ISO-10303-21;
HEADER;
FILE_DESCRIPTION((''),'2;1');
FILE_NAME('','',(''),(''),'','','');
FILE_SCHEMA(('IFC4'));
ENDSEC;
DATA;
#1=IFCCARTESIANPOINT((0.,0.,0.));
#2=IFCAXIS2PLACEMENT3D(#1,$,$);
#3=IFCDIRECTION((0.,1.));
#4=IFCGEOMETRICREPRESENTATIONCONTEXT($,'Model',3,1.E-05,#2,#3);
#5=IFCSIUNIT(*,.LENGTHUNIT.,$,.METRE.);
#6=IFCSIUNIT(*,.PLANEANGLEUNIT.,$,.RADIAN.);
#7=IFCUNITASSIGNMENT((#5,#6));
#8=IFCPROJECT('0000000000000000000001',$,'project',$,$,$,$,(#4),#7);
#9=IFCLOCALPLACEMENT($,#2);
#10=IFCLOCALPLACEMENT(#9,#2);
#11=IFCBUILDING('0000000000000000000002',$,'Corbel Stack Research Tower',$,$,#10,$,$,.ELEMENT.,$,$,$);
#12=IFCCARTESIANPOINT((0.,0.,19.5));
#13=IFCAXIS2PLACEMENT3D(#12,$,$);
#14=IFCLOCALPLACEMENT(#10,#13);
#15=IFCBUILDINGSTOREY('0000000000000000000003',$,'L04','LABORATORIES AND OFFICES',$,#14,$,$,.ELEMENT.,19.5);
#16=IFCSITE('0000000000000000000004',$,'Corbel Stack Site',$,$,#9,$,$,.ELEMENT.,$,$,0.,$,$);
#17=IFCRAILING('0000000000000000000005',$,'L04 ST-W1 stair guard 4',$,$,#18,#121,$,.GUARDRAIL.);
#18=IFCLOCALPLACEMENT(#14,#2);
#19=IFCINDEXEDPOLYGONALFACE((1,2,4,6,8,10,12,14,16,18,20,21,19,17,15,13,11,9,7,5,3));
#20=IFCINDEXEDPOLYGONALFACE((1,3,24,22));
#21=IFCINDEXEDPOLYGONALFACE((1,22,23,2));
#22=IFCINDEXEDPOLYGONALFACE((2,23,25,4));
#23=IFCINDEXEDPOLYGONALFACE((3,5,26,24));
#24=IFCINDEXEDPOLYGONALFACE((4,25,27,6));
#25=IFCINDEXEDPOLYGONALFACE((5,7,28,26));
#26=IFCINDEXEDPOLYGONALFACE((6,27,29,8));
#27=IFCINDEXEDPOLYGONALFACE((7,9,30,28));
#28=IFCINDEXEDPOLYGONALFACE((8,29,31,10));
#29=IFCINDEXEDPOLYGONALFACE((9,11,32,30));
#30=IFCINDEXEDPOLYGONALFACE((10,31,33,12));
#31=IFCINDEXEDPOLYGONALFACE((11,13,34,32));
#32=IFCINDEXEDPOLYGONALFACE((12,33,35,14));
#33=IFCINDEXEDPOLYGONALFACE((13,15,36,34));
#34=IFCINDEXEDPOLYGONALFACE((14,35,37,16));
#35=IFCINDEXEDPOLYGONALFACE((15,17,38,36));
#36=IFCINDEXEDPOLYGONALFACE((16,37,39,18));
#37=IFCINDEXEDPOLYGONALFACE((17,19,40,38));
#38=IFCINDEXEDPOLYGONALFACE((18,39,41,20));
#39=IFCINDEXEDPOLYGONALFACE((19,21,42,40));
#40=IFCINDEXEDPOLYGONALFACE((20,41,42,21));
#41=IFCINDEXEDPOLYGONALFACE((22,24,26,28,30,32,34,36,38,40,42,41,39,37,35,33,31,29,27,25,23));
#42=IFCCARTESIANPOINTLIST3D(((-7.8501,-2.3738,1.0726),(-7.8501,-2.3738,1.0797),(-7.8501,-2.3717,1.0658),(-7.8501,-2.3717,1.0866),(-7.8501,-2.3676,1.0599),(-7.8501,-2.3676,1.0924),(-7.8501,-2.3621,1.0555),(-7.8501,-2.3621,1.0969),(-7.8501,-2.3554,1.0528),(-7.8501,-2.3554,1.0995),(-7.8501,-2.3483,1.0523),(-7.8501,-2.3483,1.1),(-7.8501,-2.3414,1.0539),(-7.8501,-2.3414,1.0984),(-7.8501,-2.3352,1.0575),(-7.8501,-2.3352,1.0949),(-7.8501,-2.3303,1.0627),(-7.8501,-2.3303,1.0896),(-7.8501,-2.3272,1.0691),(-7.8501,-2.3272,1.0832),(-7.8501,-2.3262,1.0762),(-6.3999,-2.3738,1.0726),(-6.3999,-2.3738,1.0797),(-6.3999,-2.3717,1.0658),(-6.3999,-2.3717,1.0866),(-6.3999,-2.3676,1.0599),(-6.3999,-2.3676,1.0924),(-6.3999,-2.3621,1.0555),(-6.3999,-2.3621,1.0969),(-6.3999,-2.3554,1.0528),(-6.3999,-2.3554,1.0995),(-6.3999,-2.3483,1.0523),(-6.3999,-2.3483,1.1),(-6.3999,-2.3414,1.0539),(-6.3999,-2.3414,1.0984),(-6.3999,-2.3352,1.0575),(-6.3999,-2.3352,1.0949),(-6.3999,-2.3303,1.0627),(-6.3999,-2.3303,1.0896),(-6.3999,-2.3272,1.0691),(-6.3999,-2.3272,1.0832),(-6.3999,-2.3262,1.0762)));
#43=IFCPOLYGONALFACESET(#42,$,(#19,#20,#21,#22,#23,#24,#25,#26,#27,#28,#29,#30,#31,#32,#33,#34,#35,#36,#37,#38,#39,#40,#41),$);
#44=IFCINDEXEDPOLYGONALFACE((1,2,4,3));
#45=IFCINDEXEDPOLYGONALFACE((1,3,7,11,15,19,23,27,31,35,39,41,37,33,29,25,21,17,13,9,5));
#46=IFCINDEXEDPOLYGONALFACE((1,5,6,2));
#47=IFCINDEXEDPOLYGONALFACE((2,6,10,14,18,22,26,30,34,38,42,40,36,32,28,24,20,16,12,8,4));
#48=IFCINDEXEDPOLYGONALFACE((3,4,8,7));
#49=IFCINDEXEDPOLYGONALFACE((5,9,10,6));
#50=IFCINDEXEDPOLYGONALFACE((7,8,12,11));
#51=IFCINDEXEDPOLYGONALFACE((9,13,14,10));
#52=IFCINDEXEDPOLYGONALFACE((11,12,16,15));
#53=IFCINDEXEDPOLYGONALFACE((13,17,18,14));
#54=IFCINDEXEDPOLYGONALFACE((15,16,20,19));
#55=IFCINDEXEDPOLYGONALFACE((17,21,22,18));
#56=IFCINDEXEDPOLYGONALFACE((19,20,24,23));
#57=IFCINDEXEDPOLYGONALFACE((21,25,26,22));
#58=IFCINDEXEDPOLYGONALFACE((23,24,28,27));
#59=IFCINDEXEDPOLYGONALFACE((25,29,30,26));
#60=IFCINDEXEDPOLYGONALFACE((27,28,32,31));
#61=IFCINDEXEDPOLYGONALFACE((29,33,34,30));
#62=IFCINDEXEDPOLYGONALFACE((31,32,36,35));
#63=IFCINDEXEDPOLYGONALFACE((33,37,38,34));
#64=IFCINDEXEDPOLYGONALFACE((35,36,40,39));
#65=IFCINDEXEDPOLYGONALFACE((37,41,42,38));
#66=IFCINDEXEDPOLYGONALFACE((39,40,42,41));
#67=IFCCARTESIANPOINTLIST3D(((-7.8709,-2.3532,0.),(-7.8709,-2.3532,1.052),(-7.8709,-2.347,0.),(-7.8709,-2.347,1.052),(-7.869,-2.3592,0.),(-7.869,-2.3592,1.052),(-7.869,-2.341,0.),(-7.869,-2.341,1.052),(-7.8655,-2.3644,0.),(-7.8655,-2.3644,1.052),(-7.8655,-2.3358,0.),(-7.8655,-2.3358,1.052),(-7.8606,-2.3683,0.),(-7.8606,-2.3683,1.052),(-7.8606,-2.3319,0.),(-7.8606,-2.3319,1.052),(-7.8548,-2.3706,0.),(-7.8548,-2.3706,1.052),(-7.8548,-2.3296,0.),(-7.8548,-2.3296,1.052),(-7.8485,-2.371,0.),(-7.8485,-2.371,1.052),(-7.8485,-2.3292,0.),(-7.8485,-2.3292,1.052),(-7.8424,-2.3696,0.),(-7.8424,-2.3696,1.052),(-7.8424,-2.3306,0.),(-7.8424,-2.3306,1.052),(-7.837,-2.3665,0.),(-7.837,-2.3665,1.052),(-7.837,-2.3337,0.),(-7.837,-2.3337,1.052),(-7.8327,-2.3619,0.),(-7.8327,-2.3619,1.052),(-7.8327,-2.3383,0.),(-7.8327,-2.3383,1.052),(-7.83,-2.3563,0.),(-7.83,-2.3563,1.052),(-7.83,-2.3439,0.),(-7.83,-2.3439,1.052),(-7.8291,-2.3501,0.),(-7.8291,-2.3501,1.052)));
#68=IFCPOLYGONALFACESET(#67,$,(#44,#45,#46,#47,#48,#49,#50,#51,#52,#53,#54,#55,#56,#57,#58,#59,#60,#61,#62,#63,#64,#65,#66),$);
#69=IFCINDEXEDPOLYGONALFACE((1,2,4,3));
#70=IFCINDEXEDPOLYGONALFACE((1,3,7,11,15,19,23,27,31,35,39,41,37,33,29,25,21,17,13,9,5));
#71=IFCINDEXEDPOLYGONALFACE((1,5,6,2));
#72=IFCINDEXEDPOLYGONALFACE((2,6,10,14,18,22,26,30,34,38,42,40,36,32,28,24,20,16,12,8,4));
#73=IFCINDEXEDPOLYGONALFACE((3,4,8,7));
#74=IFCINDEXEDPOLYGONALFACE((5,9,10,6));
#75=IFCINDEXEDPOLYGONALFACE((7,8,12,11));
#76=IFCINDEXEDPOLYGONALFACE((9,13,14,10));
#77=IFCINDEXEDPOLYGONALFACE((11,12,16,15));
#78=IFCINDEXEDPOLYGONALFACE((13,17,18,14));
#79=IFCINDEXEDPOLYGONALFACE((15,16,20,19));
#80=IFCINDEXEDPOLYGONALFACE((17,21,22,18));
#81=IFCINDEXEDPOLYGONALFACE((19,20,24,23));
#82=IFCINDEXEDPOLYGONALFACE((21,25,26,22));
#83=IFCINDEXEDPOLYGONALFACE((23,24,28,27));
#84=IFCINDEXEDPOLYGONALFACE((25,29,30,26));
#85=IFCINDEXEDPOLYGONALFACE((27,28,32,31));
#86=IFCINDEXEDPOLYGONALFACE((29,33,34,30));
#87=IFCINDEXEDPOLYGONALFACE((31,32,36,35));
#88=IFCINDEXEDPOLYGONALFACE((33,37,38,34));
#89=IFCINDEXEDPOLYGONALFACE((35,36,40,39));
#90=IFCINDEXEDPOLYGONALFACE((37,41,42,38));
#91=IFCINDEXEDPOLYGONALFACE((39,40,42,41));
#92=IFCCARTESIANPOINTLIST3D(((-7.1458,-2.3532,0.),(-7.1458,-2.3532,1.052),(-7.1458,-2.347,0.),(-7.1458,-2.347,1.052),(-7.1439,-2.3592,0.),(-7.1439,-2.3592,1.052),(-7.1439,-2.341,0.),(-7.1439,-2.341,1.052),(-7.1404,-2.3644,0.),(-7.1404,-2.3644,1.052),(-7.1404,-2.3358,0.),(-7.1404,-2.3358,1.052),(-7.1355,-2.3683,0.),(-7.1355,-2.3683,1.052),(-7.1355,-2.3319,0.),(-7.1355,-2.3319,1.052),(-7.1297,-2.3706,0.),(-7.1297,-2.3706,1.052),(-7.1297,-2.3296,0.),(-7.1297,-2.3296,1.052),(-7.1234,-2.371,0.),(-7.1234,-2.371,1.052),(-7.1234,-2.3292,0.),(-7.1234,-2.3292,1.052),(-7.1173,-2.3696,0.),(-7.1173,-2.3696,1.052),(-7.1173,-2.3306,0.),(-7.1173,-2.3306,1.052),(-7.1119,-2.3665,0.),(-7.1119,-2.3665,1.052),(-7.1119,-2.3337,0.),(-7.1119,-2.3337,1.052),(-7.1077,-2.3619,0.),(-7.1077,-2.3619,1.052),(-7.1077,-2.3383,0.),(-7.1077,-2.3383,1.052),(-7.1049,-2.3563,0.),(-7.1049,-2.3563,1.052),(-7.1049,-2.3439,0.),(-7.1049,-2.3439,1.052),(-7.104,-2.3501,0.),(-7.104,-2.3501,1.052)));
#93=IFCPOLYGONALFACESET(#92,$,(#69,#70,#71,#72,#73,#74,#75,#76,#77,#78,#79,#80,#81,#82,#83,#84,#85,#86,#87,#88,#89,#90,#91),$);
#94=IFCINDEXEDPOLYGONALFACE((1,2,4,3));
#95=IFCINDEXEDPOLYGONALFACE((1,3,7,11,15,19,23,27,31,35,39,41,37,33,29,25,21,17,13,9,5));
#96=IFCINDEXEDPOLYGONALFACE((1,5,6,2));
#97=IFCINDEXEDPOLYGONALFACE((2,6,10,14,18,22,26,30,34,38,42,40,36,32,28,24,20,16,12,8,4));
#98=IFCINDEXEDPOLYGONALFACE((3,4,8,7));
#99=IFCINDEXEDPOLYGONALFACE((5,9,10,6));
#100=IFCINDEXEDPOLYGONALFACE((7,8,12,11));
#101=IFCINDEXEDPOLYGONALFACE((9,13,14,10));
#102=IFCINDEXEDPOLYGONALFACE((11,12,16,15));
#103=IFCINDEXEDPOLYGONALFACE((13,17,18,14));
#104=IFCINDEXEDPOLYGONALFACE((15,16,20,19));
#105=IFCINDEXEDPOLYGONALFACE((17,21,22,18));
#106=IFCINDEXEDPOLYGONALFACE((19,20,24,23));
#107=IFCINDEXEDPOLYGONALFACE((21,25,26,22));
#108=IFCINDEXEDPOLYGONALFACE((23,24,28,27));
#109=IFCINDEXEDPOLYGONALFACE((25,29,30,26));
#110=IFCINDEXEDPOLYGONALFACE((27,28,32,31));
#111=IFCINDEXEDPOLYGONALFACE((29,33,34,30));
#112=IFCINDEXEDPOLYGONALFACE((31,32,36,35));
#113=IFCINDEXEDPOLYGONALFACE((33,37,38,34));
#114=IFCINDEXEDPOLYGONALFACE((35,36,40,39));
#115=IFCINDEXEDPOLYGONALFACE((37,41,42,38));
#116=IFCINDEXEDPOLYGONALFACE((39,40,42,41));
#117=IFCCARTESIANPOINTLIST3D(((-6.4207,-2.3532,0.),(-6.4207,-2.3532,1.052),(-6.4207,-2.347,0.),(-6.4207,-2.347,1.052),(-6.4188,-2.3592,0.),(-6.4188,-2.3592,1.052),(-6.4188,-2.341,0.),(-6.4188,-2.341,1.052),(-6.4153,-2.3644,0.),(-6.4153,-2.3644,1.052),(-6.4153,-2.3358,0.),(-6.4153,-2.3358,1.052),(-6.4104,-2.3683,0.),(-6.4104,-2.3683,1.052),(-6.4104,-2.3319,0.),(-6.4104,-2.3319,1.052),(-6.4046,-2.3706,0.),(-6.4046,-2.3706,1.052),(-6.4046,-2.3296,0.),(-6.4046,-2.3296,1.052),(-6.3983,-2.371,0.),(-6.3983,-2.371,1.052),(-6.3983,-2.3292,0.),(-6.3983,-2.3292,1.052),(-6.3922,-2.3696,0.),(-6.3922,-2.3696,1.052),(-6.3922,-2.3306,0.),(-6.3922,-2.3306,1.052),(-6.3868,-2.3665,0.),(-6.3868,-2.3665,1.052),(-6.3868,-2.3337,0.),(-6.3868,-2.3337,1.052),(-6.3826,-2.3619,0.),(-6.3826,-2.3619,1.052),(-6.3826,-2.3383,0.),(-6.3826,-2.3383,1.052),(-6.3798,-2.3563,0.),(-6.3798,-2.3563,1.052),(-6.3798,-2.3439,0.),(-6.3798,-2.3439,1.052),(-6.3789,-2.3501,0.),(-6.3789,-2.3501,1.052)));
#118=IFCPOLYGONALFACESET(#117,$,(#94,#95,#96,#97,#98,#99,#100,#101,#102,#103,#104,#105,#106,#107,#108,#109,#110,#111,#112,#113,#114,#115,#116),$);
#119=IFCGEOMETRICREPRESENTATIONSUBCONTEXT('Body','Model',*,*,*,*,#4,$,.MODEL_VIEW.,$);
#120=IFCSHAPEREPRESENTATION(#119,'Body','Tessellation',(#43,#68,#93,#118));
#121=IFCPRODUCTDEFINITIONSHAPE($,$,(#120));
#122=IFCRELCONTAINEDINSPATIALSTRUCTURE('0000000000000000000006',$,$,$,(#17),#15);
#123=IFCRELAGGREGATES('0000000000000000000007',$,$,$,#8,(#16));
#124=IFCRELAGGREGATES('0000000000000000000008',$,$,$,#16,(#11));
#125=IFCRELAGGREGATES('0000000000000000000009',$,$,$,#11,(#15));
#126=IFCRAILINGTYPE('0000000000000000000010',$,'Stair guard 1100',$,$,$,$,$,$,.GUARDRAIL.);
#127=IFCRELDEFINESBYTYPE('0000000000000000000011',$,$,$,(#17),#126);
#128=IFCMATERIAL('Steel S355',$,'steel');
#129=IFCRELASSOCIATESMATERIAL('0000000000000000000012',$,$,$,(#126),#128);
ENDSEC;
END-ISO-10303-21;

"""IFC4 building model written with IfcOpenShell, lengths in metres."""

from ifc_helpers import new_model, si_unit, direction, frame, origin, origin_2d, place, context, subcontext, project, spatial, circle, extrude, material, type_object, element, save


model = new_model("IFC4")

# Units and contexts
model_context = context("Model", 3, precision=1e-05, world=origin(), true_north=direction((0.0, 1.0)))
body_context = subcontext(model_context, "Body", "Model", "MODEL_VIEW")
ifc_project = project(units=[si_unit("LENGTHUNIT", "METRE"), si_unit("PLANEANGLEUNIT", "RADIAN")], contexts=[model_context])

# Site, building, storey
site_placement = place(None, origin())
site = spatial("IfcSite", under=ifc_project, at=site_placement, Name="Corbel Stack Site", CompositionType="ELEMENT", RefElevation=0.0)
building_placement = place(site_placement, origin())
building = spatial("IfcBuilding", under=site, at=building_placement, Name="Corbel Stack Research Tower", CompositionType="ELEMENT")
storey_placement = place(building_placement, frame((0.0, 0.0, 19.5)))
storey = spatial("IfcBuildingStorey", under=building, at=storey_placement, Name="L04", Description="LABORATORIES AND OFFICES", CompositionType="ELEMENT", Elevation=19.5)

# Railing
ifc_material_1 = material(Name="Steel S355", Category="steel")
railing_type_1 = type_object("IfcRailingType", Name="Stair guard 1100", PredefinedType="GUARDRAIL", material=ifc_material_1)
railing_1_placement = place(storey_placement, frame((-7.8501, -2.3501, 0.0)))
element("IfcRailing", 1, at=railing_1_placement, inside=storey, type_object=railing_type_1, Name="L04 ST-W1 stair guard 4", PredefinedType="GUARDRAIL", context=body_context, shape_type="SweptSolid", body=[
    extrude(circle(Radius=0.0239, at=origin_2d()), frame((0.0, 0.0, 1.0762), z_axis=(1.0, 0.0, 0.0), x_axis=(0.0, 1.0, 0.0)), (0.0, 0.0, 1.0), 1.4502),
    extrude(circle(Radius=0.021, at=origin_2d()), origin(), (0.0, 0.0, 1.0), 1.052),
    extrude(circle(Radius=0.021, at=origin_2d()), frame((0.7251, 0.0, 0.0)), (0.0, 0.0, 1.0), 1.052),
    extrude(circle(Radius=0.021, at=origin_2d()), frame((1.4502, 0.0, 0.0)), (0.0, 0.0, 1.0), 1.052),
])

save(model, "model.ifc")
